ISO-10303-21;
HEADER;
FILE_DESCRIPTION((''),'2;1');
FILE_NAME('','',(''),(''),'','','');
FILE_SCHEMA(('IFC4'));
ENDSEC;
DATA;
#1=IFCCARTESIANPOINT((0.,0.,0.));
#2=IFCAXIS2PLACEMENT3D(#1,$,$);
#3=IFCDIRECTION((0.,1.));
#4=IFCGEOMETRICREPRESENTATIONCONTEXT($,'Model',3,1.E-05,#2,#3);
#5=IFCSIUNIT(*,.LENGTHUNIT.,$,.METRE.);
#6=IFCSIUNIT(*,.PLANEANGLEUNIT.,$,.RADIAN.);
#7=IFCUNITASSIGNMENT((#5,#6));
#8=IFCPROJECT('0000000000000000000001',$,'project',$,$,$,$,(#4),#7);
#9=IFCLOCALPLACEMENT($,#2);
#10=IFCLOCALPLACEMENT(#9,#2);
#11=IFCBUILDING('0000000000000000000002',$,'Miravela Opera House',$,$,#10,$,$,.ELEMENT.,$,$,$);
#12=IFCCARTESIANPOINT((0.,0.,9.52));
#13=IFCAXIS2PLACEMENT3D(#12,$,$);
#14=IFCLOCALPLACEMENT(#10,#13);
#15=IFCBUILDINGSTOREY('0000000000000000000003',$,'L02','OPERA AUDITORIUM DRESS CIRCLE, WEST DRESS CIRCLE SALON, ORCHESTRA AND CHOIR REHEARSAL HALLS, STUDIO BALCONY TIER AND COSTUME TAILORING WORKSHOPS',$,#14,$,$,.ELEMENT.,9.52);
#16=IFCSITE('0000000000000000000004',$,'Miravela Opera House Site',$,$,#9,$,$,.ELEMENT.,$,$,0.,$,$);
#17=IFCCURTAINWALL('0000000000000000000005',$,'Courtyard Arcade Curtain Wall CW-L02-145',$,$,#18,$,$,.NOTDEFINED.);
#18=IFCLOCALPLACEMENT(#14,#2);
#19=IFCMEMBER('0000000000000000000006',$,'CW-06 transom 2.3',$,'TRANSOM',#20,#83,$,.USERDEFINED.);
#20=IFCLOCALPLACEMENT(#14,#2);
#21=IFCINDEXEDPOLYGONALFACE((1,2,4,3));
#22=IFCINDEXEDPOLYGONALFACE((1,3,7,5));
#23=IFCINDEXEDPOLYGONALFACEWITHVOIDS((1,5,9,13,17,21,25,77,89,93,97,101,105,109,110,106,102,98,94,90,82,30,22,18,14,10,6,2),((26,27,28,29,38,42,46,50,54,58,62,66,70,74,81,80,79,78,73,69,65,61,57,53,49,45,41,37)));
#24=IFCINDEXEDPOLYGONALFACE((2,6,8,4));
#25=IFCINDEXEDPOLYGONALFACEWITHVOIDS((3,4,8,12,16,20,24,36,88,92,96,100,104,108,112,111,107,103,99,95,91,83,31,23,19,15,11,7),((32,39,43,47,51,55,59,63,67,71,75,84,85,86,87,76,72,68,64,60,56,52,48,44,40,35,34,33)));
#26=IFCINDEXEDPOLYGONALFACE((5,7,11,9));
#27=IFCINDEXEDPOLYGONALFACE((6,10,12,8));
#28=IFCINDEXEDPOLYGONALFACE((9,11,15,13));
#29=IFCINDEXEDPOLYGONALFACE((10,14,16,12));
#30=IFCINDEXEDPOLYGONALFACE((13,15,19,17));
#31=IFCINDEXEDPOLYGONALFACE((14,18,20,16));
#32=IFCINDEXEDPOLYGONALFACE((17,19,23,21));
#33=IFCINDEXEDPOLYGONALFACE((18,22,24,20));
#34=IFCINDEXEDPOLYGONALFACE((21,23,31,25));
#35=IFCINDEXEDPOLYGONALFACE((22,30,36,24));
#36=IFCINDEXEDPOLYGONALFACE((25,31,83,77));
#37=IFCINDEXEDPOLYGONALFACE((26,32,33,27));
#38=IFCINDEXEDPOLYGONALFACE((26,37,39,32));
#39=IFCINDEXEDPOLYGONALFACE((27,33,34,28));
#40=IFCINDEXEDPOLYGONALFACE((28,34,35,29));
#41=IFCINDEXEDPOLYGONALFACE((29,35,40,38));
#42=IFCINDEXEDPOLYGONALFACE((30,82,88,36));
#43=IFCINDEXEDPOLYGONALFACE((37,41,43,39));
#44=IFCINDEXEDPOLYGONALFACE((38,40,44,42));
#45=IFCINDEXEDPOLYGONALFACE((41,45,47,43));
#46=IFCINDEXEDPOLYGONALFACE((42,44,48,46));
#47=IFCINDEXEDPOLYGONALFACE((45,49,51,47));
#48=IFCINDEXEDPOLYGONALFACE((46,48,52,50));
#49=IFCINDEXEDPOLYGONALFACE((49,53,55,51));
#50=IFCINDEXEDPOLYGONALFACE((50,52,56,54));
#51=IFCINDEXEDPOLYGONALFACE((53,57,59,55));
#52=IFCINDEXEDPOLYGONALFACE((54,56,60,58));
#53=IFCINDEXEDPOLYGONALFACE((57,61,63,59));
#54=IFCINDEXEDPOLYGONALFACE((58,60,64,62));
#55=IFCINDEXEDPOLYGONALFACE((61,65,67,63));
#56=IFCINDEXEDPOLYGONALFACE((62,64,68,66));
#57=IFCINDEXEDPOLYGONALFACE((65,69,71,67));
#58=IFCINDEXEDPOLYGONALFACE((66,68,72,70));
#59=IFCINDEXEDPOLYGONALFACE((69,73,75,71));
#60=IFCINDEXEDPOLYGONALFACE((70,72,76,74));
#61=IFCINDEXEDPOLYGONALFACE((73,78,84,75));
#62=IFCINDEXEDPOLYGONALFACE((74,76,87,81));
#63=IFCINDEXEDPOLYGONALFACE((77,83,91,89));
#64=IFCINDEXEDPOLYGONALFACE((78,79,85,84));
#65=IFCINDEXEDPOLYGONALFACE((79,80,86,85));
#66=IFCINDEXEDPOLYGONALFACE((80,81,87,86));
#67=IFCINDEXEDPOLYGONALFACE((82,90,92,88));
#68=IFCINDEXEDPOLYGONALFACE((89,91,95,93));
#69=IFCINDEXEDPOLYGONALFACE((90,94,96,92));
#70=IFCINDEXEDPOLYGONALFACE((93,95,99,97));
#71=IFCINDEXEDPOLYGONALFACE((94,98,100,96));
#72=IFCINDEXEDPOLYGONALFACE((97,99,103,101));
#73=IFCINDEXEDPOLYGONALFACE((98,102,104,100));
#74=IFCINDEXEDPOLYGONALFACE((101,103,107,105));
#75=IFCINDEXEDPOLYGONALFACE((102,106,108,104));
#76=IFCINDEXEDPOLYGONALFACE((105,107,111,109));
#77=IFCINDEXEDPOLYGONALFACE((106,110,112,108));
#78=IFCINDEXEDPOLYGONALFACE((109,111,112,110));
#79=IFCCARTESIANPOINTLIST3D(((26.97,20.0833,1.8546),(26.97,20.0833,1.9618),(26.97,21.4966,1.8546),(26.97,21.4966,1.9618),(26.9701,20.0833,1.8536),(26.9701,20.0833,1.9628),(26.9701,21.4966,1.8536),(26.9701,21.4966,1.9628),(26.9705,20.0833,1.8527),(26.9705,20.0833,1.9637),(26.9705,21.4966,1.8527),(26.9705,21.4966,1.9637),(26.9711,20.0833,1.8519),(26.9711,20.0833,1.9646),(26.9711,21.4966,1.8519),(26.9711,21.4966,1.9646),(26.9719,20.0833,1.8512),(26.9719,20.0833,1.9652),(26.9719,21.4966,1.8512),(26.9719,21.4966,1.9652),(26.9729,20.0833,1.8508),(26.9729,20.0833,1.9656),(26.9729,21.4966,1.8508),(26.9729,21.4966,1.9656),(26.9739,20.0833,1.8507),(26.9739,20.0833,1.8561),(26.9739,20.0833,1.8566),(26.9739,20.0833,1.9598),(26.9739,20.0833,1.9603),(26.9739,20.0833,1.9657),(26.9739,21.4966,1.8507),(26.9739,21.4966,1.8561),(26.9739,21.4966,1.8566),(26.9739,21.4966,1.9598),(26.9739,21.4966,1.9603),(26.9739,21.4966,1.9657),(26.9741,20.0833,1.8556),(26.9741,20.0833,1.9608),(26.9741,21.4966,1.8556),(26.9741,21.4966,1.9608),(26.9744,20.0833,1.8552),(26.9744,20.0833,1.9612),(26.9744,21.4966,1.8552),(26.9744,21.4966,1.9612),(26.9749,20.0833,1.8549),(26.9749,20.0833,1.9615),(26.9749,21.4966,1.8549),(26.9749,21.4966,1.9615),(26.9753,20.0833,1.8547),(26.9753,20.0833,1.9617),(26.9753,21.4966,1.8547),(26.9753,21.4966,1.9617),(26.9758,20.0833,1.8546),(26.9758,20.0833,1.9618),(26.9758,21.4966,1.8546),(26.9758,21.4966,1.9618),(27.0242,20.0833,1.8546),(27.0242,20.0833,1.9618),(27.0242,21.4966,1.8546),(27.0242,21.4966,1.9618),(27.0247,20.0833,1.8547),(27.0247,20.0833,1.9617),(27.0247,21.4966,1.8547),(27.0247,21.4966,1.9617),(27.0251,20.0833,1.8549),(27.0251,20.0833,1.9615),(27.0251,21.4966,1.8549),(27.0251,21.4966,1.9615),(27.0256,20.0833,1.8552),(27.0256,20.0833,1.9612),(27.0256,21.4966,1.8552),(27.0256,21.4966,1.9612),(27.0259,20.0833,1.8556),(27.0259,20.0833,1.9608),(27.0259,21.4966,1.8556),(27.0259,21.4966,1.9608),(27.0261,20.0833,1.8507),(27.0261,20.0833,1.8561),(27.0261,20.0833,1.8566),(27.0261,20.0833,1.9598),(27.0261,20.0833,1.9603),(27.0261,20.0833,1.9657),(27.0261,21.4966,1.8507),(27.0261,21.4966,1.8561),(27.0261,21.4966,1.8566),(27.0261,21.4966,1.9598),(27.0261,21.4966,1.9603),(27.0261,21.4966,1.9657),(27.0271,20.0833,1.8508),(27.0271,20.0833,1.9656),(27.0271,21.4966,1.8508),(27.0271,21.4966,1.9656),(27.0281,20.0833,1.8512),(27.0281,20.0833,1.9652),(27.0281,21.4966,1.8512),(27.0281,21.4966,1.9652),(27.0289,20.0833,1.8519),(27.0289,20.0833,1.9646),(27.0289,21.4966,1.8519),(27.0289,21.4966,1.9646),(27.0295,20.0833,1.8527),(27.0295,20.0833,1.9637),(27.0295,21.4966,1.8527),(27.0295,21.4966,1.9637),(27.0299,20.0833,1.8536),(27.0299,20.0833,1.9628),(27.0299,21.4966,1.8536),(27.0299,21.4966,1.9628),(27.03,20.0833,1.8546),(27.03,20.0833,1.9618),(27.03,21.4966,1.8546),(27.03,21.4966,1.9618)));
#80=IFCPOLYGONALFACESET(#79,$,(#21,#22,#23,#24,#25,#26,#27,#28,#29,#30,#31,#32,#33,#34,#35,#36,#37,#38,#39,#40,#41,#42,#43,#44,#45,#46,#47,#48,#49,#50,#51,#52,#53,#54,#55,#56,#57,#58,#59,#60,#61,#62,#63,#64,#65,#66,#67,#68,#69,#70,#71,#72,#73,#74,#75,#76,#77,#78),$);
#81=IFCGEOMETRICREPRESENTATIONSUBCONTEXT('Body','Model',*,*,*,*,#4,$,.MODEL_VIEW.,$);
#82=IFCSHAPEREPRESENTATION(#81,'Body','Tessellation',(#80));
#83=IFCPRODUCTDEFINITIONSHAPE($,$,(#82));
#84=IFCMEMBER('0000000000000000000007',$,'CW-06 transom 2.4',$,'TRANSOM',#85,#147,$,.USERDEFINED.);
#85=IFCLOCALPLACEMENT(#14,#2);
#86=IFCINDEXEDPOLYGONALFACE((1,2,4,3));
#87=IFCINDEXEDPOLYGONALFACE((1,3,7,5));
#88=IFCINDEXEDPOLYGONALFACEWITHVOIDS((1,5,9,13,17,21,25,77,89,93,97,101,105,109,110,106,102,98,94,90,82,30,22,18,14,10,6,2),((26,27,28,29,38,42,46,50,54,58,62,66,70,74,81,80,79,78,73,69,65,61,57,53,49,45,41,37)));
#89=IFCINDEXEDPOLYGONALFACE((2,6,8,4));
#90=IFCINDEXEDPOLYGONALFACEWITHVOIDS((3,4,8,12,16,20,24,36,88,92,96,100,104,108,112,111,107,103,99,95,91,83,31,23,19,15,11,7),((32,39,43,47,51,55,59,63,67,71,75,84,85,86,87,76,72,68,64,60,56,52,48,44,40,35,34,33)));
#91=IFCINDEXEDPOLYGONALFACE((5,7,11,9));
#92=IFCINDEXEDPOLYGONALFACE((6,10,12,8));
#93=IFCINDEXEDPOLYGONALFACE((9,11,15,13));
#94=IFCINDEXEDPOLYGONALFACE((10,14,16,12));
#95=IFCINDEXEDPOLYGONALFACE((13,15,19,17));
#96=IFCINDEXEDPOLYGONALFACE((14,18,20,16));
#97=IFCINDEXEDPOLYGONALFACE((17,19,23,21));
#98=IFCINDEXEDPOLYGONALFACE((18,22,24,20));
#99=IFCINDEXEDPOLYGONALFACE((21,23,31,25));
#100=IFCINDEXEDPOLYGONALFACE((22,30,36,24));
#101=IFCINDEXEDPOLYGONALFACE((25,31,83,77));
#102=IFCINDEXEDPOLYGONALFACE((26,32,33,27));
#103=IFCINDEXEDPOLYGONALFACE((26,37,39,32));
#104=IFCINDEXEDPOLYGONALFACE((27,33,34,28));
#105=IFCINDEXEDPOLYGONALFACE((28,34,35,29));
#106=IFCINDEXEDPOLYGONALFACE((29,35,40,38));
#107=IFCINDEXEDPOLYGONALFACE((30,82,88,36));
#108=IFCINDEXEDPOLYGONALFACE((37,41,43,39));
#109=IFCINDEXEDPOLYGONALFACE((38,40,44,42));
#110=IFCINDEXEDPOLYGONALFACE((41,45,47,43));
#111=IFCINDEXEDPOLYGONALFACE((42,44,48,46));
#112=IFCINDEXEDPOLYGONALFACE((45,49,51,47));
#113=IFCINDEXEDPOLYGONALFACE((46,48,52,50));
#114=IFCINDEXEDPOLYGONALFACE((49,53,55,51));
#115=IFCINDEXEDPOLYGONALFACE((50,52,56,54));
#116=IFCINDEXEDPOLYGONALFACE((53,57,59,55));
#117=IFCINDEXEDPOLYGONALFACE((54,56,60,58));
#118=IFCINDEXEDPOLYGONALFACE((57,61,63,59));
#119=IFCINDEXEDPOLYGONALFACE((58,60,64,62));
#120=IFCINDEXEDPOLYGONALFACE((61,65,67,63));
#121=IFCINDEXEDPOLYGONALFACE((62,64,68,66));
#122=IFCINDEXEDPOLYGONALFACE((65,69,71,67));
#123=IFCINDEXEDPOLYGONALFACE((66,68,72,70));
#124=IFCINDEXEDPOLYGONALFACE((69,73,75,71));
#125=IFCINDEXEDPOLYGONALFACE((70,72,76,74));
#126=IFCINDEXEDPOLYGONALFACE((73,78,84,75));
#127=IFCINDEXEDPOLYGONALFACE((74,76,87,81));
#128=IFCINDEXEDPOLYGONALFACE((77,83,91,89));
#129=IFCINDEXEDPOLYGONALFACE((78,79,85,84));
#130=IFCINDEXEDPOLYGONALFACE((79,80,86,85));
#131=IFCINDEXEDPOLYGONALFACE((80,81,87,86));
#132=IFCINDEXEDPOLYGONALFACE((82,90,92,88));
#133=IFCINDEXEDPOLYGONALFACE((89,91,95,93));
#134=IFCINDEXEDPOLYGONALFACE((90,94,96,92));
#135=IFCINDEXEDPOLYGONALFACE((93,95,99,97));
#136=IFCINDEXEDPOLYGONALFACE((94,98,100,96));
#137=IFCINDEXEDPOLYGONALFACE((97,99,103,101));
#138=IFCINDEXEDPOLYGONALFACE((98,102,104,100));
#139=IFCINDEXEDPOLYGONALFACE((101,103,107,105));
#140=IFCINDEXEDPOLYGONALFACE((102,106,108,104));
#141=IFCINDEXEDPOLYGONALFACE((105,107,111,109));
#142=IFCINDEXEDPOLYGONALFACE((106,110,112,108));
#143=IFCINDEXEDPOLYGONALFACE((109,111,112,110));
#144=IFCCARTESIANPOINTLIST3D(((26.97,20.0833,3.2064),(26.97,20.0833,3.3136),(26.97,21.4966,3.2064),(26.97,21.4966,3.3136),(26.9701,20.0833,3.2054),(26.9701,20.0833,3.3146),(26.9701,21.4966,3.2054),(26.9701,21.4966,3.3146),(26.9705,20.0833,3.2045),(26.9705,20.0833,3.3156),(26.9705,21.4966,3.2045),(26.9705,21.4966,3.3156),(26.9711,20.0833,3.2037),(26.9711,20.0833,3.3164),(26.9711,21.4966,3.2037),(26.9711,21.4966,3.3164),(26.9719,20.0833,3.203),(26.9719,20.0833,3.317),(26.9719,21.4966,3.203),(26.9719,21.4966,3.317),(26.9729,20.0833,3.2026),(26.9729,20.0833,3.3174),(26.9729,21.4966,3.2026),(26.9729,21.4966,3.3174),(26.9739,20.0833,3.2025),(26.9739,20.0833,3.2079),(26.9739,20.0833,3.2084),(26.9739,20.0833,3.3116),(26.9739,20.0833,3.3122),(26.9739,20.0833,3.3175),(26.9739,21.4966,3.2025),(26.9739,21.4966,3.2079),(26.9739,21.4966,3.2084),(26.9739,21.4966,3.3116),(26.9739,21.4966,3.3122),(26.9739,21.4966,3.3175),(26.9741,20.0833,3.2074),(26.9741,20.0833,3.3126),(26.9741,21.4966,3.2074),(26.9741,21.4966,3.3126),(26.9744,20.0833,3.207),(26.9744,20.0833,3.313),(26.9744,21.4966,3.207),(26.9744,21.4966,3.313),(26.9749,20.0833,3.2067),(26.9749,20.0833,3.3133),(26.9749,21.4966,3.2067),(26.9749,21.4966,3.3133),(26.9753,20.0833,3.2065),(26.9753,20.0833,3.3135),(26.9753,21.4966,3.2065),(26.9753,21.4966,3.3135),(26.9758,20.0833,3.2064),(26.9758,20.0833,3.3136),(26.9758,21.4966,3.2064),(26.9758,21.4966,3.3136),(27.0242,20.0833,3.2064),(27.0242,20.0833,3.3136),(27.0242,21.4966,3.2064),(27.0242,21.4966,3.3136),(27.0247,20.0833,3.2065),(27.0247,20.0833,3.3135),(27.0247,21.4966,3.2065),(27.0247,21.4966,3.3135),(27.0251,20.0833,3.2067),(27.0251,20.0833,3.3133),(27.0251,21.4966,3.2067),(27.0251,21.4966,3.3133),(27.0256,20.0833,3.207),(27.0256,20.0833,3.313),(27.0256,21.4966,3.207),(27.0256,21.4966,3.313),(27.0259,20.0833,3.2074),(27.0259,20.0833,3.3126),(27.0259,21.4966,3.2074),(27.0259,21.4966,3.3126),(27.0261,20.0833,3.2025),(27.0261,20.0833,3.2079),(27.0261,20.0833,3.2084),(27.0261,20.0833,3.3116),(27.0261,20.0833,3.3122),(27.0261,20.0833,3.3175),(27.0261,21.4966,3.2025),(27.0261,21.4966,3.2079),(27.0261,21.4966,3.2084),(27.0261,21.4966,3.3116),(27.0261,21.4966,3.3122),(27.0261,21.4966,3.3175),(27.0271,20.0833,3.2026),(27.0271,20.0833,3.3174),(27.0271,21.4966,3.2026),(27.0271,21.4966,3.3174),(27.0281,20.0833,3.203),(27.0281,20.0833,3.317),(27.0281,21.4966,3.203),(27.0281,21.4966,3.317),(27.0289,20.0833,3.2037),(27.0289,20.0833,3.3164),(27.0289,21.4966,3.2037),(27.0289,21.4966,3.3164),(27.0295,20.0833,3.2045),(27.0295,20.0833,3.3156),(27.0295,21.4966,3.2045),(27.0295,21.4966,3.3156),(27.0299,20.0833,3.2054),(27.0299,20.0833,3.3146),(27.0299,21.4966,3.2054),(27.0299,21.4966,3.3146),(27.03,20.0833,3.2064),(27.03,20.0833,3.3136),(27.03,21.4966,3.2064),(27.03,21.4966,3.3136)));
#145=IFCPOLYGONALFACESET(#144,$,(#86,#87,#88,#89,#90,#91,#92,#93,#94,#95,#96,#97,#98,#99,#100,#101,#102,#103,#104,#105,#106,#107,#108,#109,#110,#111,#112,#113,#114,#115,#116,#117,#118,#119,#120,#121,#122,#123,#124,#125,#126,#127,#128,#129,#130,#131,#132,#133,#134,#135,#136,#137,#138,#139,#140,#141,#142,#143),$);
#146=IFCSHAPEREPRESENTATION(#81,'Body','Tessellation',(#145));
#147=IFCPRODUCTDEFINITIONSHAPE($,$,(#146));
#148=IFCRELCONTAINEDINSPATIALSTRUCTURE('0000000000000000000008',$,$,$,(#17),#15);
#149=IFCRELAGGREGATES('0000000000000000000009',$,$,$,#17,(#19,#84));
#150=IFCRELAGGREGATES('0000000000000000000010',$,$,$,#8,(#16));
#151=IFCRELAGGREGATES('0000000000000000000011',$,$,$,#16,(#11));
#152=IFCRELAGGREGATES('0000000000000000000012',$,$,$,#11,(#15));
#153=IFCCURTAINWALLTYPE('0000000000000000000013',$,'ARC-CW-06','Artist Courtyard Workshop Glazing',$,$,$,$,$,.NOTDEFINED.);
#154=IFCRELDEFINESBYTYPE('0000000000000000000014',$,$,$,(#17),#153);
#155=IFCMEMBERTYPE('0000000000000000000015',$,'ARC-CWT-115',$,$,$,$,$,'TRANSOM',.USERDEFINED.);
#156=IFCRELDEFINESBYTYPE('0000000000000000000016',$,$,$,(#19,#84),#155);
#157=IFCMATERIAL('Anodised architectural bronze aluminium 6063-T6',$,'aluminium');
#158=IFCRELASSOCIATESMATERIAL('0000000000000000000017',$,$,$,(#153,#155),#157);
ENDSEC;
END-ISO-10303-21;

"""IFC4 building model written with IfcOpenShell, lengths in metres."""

from ifc_helpers import new_model, si_unit, direction, frame, origin, origin_2d, place, context, subcontext, project, spatial, hollow_rectangle, extrude, material, material_profile, profile_set, type_object, element, aggregate, save


model = new_model("IFC4")

# Units and contexts
model_context = context("Model", 3, precision=1e-05, world=origin(), true_north=direction((0.0, 1.0)))
body_context = subcontext(model_context, "Body", "Model", "MODEL_VIEW")
ifc_project = project(units=[si_unit("LENGTHUNIT", "METRE"), si_unit("PLANEANGLEUNIT", "RADIAN")], contexts=[model_context])

# Site, building, storey
site_placement = place(None, origin())
site = spatial("IfcSite", under=ifc_project, at=site_placement, Name="Miravela Opera House Site", CompositionType="ELEMENT", RefElevation=0.0)
building_placement = place(site_placement, origin())
building = spatial("IfcBuilding", under=site, at=building_placement, Name="Miravela Opera House", CompositionType="ELEMENT")
storey_placement = place(building_placement, frame((0.0, 0.0, 9.52)))
storey = spatial("IfcBuildingStorey", under=building, at=storey_placement, Name="L02", Description="OPERA AUDITORIUM DRESS CIRCLE, WEST DRESS CIRCLE SALON, ORCHESTRA AND CHOIR REHEARSAL HALLS, STUDIO BALCONY TIER AND COSTUME TAILORING WORKSHOPS", CompositionType="ELEMENT", Elevation=9.52)

# Curtain wall, members
ifc_material_1 = material(Name="Anodised architectural bronze aluminium 6063-T6", Category="aluminium")
curtain_wall_type = type_object("IfcCurtainWallType", Name="ARC-CW-06", Description="Artist Courtyard Workshop Glazing", PredefinedType="NOTDEFINED", material=ifc_material_1)
curtain_wall_placement = place(storey_placement, origin())
curtain_wall = element("IfcCurtainWall", 1, at=curtain_wall_placement, inside=storey, type_object=curtain_wall_type, Name="Courtyard Arcade Curtain Wall CW-L02-145", PredefinedType="NOTDEFINED")
ifc_material_profile_1 = material_profile(ifc_material_1, hollow_rectangle(XDim=0.0601, YDim=0.115, WallThickness=0.0039, InnerFilletRadius=0.002, OuterFilletRadius=0.0039, at=origin_2d()), Name="CWT-60X115")
ifc_profile_set_1 = profile_set([ifc_material_profile_1])
member_type_1 = type_object("IfcMemberType", Name="ARC-CWT-115", ElementType="TRANSOM", PredefinedType="USERDEFINED", material=ifc_profile_set_1)
member_1_placement = place(storey_placement, frame((27.0, 20.0833, 1.9082), z_axis=(0.0, 1.0, 0.0), x_axis=(-1.0, 0.0, 0.0)))
member_1 = element("IfcMember", 2, at=member_1_placement, type_object=member_type_1, Name="CW-06 transom 2.3", ObjectType="TRANSOM", PredefinedType="USERDEFINED", context=body_context, shape_type="SweptSolid", body=[
    extrude(hollow_rectangle(XDim=0.0601, YDim=0.115, WallThickness=0.0039, InnerFilletRadius=0.002, OuterFilletRadius=0.0039, at=origin_2d()), origin(), (0.0, 0.0, 1.0), 1.4133),
])
member_2_placement = place(storey_placement, frame((27.0, 20.0833, 3.26), z_axis=(0.0, 1.0, 0.0), x_axis=(-1.0, 0.0, 0.0)))
member_2 = element("IfcMember", 3, at=member_2_placement, type_object=member_type_1, Name="CW-06 transom 2.4", ObjectType="TRANSOM", PredefinedType="USERDEFINED", context=body_context, shape_type="SweptSolid", body=[
    extrude(hollow_rectangle(XDim=0.0601, YDim=0.115, WallThickness=0.0039, InnerFilletRadius=0.002, OuterFilletRadius=0.0039, at=origin_2d()), origin(), (0.0, 0.0, 1.0), 1.4133),
])
aggregate(curtain_wall, [member_1, member_2])

save(model, "model.ifc")
